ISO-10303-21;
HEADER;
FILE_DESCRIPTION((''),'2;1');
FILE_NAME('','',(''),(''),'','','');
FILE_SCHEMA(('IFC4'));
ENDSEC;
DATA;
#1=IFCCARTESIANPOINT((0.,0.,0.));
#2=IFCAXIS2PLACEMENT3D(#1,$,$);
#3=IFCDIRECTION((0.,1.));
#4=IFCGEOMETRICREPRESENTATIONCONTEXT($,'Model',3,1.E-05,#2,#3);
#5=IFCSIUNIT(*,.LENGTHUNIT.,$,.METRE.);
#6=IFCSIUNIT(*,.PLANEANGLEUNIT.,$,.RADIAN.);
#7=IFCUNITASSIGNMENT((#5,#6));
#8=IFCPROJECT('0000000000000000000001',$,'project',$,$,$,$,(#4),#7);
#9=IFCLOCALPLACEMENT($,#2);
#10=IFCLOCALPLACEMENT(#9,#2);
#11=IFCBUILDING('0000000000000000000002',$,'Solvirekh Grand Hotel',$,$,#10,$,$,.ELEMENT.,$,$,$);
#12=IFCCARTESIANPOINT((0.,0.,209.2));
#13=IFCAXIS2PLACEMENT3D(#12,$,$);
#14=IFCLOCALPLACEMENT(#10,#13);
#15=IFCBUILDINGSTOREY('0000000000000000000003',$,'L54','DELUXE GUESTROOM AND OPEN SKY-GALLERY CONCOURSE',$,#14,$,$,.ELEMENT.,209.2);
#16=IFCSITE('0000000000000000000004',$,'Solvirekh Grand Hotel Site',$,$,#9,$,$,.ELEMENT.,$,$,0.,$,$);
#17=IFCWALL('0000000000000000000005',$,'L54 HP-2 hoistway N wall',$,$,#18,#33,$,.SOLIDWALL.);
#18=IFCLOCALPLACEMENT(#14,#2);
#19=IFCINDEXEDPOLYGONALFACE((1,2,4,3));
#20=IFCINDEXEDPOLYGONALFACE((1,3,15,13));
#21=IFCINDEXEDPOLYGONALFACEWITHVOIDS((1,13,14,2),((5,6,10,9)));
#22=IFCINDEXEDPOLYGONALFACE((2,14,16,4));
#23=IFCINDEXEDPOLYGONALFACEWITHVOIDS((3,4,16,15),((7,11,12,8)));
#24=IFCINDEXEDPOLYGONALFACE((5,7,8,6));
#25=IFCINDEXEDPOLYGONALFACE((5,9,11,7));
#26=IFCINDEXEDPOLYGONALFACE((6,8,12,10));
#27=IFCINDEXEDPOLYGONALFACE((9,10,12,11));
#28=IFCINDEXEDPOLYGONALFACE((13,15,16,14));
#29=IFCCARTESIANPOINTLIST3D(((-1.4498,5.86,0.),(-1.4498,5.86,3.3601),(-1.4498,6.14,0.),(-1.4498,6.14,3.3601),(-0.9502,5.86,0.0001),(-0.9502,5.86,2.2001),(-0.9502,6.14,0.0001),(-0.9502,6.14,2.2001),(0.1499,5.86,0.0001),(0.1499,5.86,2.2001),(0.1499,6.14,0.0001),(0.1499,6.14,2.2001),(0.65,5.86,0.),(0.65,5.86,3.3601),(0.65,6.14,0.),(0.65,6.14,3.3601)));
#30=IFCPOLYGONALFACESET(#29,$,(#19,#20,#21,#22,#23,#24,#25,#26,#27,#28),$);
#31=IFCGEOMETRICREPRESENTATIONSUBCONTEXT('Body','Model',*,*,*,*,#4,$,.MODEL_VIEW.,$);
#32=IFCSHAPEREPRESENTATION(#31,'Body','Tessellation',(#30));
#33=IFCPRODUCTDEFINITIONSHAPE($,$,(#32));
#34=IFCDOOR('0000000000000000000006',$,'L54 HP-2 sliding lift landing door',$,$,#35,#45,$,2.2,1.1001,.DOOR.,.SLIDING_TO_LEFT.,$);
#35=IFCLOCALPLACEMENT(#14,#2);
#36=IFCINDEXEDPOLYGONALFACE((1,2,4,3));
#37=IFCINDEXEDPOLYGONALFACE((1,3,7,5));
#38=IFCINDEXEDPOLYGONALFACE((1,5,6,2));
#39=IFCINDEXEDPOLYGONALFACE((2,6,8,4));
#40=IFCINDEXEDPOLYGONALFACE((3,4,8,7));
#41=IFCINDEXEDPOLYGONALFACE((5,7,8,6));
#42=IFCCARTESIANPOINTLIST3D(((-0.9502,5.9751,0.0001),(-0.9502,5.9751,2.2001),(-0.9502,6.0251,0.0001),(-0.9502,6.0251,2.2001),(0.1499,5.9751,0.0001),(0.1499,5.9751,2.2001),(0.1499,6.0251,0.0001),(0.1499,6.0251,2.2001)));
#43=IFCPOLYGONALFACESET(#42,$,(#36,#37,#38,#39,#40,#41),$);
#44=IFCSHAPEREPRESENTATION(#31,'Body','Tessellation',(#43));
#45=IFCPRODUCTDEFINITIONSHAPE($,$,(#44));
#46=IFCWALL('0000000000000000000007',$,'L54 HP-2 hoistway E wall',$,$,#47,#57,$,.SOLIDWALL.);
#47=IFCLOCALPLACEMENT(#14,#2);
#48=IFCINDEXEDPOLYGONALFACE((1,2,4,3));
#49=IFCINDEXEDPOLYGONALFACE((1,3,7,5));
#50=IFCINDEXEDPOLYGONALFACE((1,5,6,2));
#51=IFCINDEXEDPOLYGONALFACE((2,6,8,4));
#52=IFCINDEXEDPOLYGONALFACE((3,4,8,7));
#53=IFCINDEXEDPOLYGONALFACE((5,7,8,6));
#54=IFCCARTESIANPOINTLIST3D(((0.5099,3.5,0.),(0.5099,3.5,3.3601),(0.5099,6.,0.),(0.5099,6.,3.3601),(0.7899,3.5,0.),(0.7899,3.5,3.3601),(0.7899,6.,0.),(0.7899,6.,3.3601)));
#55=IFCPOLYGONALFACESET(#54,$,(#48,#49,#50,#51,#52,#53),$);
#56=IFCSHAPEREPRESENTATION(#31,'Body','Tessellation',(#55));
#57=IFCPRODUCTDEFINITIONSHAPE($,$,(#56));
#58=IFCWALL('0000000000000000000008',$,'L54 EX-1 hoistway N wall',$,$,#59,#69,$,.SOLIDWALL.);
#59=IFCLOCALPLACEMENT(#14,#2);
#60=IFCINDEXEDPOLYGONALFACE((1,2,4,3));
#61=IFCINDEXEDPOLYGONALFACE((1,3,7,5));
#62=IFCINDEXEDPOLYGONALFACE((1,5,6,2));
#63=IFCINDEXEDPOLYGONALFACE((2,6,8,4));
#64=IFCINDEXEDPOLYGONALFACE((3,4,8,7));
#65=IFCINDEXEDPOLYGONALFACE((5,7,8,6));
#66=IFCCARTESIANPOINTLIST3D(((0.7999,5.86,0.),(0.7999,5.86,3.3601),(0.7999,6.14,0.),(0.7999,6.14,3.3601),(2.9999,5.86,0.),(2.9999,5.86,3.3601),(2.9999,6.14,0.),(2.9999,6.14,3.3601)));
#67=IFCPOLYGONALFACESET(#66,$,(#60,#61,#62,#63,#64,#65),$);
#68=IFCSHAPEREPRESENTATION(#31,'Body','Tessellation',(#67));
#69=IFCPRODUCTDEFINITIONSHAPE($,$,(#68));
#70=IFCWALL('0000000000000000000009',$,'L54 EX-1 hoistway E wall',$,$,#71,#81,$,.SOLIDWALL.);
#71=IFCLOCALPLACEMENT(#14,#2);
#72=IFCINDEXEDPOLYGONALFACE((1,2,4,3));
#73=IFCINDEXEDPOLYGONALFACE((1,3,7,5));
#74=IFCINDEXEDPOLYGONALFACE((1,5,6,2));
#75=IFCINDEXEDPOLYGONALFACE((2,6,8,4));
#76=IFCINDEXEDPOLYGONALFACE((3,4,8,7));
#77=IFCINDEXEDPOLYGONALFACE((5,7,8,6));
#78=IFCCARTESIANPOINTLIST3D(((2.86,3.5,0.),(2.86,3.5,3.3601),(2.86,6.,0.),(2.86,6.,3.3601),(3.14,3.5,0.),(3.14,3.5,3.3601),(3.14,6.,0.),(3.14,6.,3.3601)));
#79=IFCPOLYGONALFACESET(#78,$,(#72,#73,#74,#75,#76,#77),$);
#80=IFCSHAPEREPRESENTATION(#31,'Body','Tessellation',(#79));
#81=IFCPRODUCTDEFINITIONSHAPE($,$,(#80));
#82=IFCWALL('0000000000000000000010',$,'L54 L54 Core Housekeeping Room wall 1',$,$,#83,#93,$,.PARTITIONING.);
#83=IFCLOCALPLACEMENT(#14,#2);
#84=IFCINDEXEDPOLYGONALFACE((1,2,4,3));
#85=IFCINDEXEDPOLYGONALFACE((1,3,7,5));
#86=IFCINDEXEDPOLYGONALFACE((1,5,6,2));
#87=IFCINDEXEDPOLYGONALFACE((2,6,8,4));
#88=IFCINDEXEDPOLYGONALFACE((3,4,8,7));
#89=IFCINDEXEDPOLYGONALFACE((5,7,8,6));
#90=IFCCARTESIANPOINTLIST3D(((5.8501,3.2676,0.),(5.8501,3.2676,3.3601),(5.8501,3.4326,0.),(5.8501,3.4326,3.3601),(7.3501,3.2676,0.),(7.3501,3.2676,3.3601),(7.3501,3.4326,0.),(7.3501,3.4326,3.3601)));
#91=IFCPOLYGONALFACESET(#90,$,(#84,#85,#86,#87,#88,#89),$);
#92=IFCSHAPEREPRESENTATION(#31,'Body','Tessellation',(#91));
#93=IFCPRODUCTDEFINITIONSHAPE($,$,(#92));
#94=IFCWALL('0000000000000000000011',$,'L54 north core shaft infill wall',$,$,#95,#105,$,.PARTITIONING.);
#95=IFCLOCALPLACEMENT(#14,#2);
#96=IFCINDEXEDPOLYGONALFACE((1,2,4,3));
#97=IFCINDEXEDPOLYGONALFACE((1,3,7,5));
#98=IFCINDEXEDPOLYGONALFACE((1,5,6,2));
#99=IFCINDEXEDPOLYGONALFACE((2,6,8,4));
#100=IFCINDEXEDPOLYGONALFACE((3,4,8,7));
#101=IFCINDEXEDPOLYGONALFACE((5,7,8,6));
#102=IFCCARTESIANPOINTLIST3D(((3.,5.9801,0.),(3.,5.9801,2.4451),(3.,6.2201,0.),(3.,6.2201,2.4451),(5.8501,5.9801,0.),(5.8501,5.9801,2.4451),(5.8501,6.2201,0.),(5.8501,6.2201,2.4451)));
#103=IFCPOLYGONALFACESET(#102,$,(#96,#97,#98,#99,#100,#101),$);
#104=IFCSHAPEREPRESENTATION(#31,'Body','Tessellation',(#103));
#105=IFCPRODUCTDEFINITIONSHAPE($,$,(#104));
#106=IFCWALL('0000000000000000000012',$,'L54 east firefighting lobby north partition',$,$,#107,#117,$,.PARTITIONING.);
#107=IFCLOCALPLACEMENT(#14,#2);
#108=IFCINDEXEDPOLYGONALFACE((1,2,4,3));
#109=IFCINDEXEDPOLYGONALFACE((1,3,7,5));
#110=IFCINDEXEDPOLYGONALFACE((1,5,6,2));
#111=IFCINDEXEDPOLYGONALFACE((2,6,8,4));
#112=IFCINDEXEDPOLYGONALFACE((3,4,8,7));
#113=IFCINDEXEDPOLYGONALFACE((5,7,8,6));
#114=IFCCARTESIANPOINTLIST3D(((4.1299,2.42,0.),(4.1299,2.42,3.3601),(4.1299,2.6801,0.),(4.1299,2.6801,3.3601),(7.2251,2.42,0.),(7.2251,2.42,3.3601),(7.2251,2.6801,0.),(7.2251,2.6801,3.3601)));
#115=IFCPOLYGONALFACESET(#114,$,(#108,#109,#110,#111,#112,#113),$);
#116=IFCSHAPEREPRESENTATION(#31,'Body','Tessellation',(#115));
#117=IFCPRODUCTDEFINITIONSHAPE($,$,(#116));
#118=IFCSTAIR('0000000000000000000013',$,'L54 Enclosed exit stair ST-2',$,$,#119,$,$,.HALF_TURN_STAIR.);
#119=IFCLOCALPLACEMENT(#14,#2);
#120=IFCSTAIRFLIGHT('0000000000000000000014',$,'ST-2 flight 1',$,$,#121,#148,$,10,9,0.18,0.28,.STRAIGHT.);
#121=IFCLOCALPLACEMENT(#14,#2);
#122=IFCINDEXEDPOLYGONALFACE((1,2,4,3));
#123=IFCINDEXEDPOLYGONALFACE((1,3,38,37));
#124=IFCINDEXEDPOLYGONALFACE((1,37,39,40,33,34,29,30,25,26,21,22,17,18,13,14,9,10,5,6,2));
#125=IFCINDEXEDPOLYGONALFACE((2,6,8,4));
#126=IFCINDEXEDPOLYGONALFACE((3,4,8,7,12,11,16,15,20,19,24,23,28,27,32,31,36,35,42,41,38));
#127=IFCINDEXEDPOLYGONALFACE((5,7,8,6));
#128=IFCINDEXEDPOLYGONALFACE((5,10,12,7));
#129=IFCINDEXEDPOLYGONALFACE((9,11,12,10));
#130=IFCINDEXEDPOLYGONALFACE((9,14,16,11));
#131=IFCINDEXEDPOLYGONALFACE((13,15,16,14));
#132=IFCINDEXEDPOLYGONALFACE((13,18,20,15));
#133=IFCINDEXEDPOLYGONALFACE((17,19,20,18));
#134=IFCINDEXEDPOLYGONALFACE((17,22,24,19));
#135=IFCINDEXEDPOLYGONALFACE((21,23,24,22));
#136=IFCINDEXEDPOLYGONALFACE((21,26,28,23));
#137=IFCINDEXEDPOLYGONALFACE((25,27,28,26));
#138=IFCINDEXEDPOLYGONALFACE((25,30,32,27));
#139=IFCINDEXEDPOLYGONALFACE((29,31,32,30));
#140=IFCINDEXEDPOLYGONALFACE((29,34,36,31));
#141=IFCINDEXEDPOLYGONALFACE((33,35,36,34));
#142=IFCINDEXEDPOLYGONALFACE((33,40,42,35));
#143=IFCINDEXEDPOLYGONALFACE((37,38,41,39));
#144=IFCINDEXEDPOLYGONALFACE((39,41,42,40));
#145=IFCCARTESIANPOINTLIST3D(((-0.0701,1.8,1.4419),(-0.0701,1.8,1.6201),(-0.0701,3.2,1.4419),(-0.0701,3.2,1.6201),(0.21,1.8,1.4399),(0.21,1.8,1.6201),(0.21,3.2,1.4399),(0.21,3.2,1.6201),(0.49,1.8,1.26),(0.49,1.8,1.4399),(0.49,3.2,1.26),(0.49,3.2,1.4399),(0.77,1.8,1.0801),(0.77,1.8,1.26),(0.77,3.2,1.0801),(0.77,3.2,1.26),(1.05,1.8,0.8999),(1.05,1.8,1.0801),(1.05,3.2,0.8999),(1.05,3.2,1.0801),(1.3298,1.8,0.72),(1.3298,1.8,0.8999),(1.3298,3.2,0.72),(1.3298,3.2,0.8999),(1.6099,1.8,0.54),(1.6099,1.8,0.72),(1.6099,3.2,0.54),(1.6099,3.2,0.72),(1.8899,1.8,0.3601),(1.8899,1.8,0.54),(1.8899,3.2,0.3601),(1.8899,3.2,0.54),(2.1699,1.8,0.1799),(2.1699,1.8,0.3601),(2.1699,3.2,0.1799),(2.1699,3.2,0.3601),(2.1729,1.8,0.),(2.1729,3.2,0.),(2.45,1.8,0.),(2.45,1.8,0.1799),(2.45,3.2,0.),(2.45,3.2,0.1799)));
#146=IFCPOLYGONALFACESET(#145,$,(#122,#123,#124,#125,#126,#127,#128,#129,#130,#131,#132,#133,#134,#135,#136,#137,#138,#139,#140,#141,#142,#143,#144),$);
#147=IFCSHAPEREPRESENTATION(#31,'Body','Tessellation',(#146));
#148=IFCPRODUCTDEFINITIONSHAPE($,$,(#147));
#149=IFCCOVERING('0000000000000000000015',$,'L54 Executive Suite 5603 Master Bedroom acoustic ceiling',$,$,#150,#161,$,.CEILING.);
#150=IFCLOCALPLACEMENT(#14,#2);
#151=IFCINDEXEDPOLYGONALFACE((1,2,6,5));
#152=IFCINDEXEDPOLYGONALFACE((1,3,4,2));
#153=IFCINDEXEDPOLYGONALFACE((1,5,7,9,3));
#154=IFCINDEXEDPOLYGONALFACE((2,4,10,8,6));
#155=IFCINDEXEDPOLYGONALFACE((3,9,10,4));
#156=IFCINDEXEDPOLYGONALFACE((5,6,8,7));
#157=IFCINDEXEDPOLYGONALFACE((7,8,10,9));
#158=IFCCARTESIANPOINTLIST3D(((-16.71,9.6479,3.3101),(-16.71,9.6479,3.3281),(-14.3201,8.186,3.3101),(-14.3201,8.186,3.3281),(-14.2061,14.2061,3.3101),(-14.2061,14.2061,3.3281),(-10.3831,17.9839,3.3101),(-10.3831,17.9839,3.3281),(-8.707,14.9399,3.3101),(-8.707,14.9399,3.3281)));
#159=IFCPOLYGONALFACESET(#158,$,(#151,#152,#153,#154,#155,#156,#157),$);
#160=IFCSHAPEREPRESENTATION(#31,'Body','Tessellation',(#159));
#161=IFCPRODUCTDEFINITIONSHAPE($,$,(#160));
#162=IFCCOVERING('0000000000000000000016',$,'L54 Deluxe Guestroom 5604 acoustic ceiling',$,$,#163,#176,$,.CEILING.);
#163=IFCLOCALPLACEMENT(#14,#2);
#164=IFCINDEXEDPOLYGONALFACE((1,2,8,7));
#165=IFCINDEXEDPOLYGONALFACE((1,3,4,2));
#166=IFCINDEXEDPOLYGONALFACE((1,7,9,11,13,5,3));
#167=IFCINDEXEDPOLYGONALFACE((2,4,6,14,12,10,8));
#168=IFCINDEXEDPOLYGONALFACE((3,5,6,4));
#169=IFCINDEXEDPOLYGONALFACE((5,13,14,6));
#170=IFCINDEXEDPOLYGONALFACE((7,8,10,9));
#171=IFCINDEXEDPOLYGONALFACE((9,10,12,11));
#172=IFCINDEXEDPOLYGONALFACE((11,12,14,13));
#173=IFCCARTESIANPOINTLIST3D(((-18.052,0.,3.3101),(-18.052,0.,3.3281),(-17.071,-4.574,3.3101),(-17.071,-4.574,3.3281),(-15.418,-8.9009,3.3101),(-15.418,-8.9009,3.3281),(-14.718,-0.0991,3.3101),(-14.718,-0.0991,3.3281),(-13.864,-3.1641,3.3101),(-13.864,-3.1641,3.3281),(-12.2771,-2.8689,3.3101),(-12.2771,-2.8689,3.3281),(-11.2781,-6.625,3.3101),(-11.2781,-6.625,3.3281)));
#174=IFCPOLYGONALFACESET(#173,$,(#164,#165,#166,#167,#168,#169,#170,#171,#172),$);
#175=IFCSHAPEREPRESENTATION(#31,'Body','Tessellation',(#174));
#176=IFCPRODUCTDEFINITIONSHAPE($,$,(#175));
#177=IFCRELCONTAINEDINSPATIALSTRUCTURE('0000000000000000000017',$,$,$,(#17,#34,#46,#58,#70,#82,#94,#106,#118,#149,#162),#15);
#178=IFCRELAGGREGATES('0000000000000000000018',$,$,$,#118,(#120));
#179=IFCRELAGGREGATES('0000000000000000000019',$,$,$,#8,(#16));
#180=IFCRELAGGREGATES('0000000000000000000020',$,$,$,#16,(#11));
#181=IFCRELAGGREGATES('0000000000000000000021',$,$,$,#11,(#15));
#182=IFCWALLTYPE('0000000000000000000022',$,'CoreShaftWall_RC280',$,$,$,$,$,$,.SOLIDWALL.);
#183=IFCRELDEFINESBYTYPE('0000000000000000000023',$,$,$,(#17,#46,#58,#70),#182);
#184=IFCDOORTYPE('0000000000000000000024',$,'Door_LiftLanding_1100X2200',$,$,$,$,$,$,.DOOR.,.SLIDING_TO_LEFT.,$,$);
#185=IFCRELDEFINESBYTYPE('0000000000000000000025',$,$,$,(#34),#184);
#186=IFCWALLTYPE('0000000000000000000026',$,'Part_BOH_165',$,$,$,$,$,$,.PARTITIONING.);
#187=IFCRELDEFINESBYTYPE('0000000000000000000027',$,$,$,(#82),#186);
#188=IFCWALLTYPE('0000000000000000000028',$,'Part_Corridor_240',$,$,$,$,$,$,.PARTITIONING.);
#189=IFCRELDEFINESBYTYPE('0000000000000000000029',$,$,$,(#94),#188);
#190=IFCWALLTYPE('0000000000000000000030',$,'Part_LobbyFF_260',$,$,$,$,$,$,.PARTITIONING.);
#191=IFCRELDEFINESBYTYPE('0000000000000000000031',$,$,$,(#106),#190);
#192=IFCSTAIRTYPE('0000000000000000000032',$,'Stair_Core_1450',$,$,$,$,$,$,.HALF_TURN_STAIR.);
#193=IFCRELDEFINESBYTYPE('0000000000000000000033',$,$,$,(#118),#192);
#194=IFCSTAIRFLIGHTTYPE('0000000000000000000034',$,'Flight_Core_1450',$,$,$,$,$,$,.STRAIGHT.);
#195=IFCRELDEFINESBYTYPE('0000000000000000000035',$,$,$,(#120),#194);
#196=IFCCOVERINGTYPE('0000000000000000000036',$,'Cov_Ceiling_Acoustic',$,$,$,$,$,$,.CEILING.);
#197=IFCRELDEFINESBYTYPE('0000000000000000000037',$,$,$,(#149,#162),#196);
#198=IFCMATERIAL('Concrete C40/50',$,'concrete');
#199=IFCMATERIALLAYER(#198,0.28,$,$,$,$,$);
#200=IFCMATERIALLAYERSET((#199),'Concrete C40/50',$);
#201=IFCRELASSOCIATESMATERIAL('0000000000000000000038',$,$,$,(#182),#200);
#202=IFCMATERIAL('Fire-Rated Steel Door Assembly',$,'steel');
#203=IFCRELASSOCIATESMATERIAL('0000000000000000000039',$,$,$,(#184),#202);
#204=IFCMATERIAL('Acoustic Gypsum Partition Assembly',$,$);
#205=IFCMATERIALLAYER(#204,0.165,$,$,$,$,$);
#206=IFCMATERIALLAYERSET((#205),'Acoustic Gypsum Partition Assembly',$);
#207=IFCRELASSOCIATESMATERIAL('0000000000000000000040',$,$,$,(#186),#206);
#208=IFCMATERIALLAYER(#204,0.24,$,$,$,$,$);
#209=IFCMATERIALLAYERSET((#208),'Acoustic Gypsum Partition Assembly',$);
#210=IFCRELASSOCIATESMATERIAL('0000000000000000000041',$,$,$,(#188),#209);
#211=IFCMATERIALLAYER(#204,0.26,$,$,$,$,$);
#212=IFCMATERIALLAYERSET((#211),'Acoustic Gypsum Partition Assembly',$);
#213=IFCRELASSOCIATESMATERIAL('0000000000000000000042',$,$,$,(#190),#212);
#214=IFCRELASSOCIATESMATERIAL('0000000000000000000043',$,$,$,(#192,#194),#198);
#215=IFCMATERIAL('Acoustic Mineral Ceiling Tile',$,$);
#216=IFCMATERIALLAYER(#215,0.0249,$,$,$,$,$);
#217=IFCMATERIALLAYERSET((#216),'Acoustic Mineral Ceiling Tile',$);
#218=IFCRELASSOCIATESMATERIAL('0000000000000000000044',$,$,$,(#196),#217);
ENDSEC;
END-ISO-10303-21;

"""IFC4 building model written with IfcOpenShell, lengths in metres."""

from ifc_helpers import new_model, si_unit, direction, frame, frame_2d, origin, place, context, subcontext, project, spatial, polyline, rectangle, outline, extrude, material, layer, layer_set, type_object, element, fill, aggregate, save


model = new_model("IFC4")

# Units and contexts
model_context = context("Model", 3, precision=1e-05, world=origin(), true_north=direction((0.0, 1.0)))
body_context = subcontext(model_context, "Body", "Model", "MODEL_VIEW")
ifc_project = project(units=[si_unit("LENGTHUNIT", "METRE"), si_unit("PLANEANGLEUNIT", "RADIAN")], contexts=[model_context])

# Site, building, storey
site_placement = place(None, origin())
site = spatial("IfcSite", under=ifc_project, at=site_placement, Name="Solvirekh Grand Hotel Site", CompositionType="ELEMENT", RefElevation=0.0)
building_placement = place(site_placement, origin())
building = spatial("IfcBuilding", under=site, at=building_placement, Name="Solvirekh Grand Hotel", CompositionType="ELEMENT")
storey_placement = place(building_placement, frame((0.0, 0.0, 209.2)))
storey = spatial("IfcBuildingStorey", under=building, at=storey_placement, Name="L54", Description="DELUXE GUESTROOM AND OPEN SKY-GALLERY CONCOURSE", CompositionType="ELEMENT", Elevation=209.2)

# Wall, opening, door
ifc_material_1 = material(Name="Concrete C40/50", Category="concrete")
ifc_layer_1 = layer(ifc_material_1, 0.28)
ifc_layer_set_1 = layer_set([ifc_layer_1], Name="Concrete C40/50")
wall_type_1 = type_object("IfcWallType", Name="CoreShaftWall_RC280", PredefinedType="SOLIDWALL", material=ifc_layer_set_1)
wall_1_placement = place(storey_placement, frame((0.6499, 6.0, 0.0), z_axis=(0.0, 0.0, 1.0), x_axis=(-1.0, 0.0, 0.0)))
wall_1 = element("IfcWall", 1, at=wall_1_placement, inside=storey, type_object=wall_type_1, Name="L54 HP-2 hoistway N wall", PredefinedType="SOLIDWALL", context=body_context, shape_type="SweptSolid", body=[
    extrude(rectangle(XDim=2.0999, YDim=0.28, at=frame_2d((1.0498, 0.0))), origin(), (0.0, 0.0, 1.0), 3.3601),
])
opening_placement = place(wall_1_placement, frame((0.5, 0.0, 0.0)))
opening = element("IfcOpeningElement", 2, at=opening_placement, cuts=wall_1, PredefinedType="OPENING", context=body_context, shape_type="SweptSolid", body=[
    extrude(rectangle(XDim=1.1001, YDim=2.2, at=frame_2d((0.55, 1.1001))), frame((0.0, 0.1499, 0.0), z_axis=(0.0, -1.0, 0.0), x_axis=(1.0, 0.0, 0.0)), (0.0, 0.0, 1.0), 0.3),
])
ifc_material_2 = material(Name="Fire-Rated Steel Door Assembly", Category="steel")
door_type = type_object("IfcDoorType", Name="Door_LiftLanding_1100X2200", OperationType="SLIDING_TO_LEFT", PredefinedType="DOOR", material=ifc_material_2)
door_placement = place(opening_placement, origin())
door = element("IfcDoor", 3, at=door_placement, inside=storey, type_object=door_type, Name="L54 HP-2 sliding lift landing door", OperationType="SLIDING_TO_LEFT", OverallHeight=2.2, OverallWidth=1.1001, PredefinedType="DOOR", context=body_context, shape_type="SweptSolid", body=[
    extrude(rectangle(XDim=1.1001, YDim=2.2, at=frame_2d((0.55, 1.1001))), frame((0.0, 0.0249, 0.0), z_axis=(0.0, -1.0, 0.0), x_axis=(1.0, 0.0, 0.0)), (0.0, 0.0, 1.0), 0.05),
])
fill(opening, door)

# Walls
wall_2_placement = place(storey_placement, frame((0.6499, 3.5, 0.0), z_axis=(0.0, 0.0, 1.0), x_axis=(0.0, 1.0, 0.0)))
element("IfcWall", 4, at=wall_2_placement, inside=storey, type_object=wall_type_1, Name="L54 HP-2 hoistway E wall", PredefinedType="SOLIDWALL", context=body_context, shape_type="SweptSolid", body=[
    extrude(rectangle(XDim=2.5, YDim=0.28, at=frame_2d((1.25, 0.0))), origin(), (0.0, 0.0, 1.0), 3.3601),
])
wall_3_placement = place(storey_placement, frame((3.0, 6.0, 0.0), z_axis=(0.0, 0.0, 1.0), x_axis=(-1.0, 0.0, 0.0)))
element("IfcWall", 5, at=wall_3_placement, inside=storey, type_object=wall_type_1, Name="L54 EX-1 hoistway N wall", PredefinedType="SOLIDWALL", context=body_context, shape_type="SweptSolid", body=[
    extrude(rectangle(XDim=2.2, YDim=0.28, at=frame_2d((1.1001, 0.0))), origin(), (0.0, 0.0, 1.0), 3.3601),
])
wall_4_placement = place(storey_placement, frame((3.0, 3.5, 0.0), z_axis=(0.0, 0.0, 1.0), x_axis=(0.0, 1.0, 0.0)))
element("IfcWall", 6, at=wall_4_placement, inside=storey, type_object=wall_type_1, Name="L54 EX-1 hoistway E wall", PredefinedType="SOLIDWALL", context=body_context, shape_type="SweptSolid", body=[
    extrude(rectangle(XDim=2.5, YDim=0.28, at=frame_2d((1.25, 0.0))), origin(), (0.0, 0.0, 1.0), 3.3601),
])
ifc_material_3 = material(Name="Acoustic Gypsum Partition Assembly")
ifc_layer_2 = layer(ifc_material_3, 0.165)
ifc_layer_set_2 = layer_set([ifc_layer_2], Name="Acoustic Gypsum Partition Assembly")
wall_type_2 = type_object("IfcWallType", Name="Part_BOH_165", PredefinedType="PARTITIONING", material=ifc_layer_set_2)
wall_5_placement = place(storey_placement, frame((5.8501, 3.3501, 0.0), z_axis=(0.0, 0.0, 1.0), x_axis=(1.0, 0.0, 0.0)))
element("IfcWall", 7, at=wall_5_placement, inside=storey, type_object=wall_type_2, Name="L54 L54 Core Housekeeping Room wall 1", PredefinedType="PARTITIONING", context=body_context, shape_type="SweptSolid", body=[
    extrude(rectangle(XDim=1.5, YDim=0.165, at=frame_2d((0.75, 0.0))), origin(), (0.0, 0.0, 1.0), 3.3601),
])
ifc_layer_3 = layer(ifc_material_3, 0.24)
ifc_layer_set_3 = layer_set([ifc_layer_3], Name="Acoustic Gypsum Partition Assembly")
wall_type_3 = type_object("IfcWallType", Name="Part_Corridor_240", PredefinedType="PARTITIONING", material=ifc_layer_set_3)
wall_6_placement = place(storey_placement, frame((3.0, 6.1001, 0.0), z_axis=(0.0, 0.0, 1.0), x_axis=(1.0, 0.0, 0.0)))
element("IfcWall", 8, at=wall_6_placement, inside=storey, type_object=wall_type_3, Name="L54 north core shaft infill wall", PredefinedType="PARTITIONING", context=body_context, shape_type="SweptSolid", body=[
    extrude(rectangle(XDim=2.8501, YDim=0.24, at=frame_2d((1.425, 0.0))), origin(), (0.0, 0.0, 1.0), 2.4451),
])
ifc_layer_4 = layer(ifc_material_3, 0.26)
ifc_layer_set_4 = layer_set([ifc_layer_4], Name="Acoustic Gypsum Partition Assembly")
wall_type_4 = type_object("IfcWallType", Name="Part_LobbyFF_260", PredefinedType="PARTITIONING", material=ifc_layer_set_4)
wall_7_placement = place(storey_placement, frame((4.1299, 2.55, 0.0), z_axis=(0.0, 0.0, 1.0), x_axis=(1.0, 0.0, 0.0)))
element("IfcWall", 9, at=wall_7_placement, inside=storey, type_object=wall_type_4, Name="L54 east firefighting lobby north partition", PredefinedType="PARTITIONING", context=body_context, shape_type="SweptSolid", body=[
    extrude(rectangle(XDim=3.0952, YDim=0.26, at=frame_2d((1.5476, 0.0))), origin(), (0.0, 0.0, 1.0), 3.3601),
])

# Stair, stair flight
stair_type = type_object("IfcStairType", Name="Stair_Core_1450", PredefinedType="HALF_TURN_STAIR", material=ifc_material_1)
stair_placement = place(storey_placement, origin())
stair = element("IfcStair", 10, at=stair_placement, inside=storey, type_object=stair_type, Name="L54 Enclosed exit stair ST-2", PredefinedType="HALF_TURN_STAIR")
stair_flight_type = type_object("IfcStairFlightType", Name="Flight_Core_1450", PredefinedType="STRAIGHT", material=ifc_material_1)
stair_flight_placement = place(storey_placement, frame((2.45, 2.5, 0.0), z_axis=(0.0, 0.0, 1.0), x_axis=(-1.0, 0.0, 0.0)))
stair_flight = element("IfcStairFlight", 11, at=stair_flight_placement, type_object=stair_flight_type, Name="ST-2 flight 1", NumberOfRisers=10, NumberOfTreads=9, PredefinedType="STRAIGHT", RiserHeight=0.18, TreadLength=0.28, context=body_context, shape_type="SweptSolid", body=[
    extrude(outline(polyline([(0.0, 0.0), (0.0, 0.1799), (0.28, 0.1799), (0.28, 0.3601), (0.5601, 0.3601), (0.5601, 0.54), (0.8401, 0.54), (0.8401, 0.72), (1.1201, 0.72), (1.1201, 0.8999), (1.3999, 0.8999), (1.3999, 1.0801), (1.6799, 1.0801), (1.6799, 1.26), (1.96, 1.26), (1.96, 1.4399), (2.24, 1.4399), (2.24, 1.6201), (2.52, 1.6201), (2.52, 1.8), (2.52, 1.4419), (0.2771, 0.0), (0.0, 0.0)])), frame((0.0, 0.7, 0.0), z_axis=(0.0, -1.0, 0.0), x_axis=(1.0, 0.0, 0.0)), (0.0, 0.0, 1.0), 1.3999),
])
aggregate(stair, [stair_flight])

# Coverings
ifc_material_4 = material(Name="Acoustic Mineral Ceiling Tile")
ifc_layer_5 = layer(ifc_material_4, 0.0249)
ifc_layer_set_5 = layer_set([ifc_layer_5], Name="Acoustic Mineral Ceiling Tile")
covering_type_1 = type_object("IfcCoveringType", Name="Cov_Ceiling_Acoustic", PredefinedType="CEILING", material=ifc_layer_set_5)
covering_1_placement = place(storey_placement, frame((0.0, 0.0, 3.3101)))
element("IfcCovering", 12, at=covering_1_placement, inside=storey, type_object=covering_type_1, Name="L54 Executive Suite 5603 Master Bedroom acoustic ceiling", PredefinedType="CEILING", context=body_context, shape_type="SweptSolid", body=[
    extrude(outline(polyline([(-10.3831, 17.9839), (-14.2061, 14.2061), (-16.71, 9.6479), (-14.3201, 8.186), (-8.707, 14.9399), (-10.3831, 17.9839)])), origin(), (0.0, 0.0, 1.0), 0.0181),
])
covering_2_placement = place(storey_placement, frame((0.0, 0.0, 3.3101)))
element("IfcCovering", 13, at=covering_2_placement, inside=storey, type_object=covering_type_1, Name="L54 Deluxe Guestroom 5604 acoustic ceiling", PredefinedType="CEILING", context=body_context, shape_type="SweptSolid", body=[
    extrude(outline(polyline([(-13.864, -3.1641), (-14.718, -0.0991), (-18.052, 0.0), (-17.071, -4.574), (-15.418, -8.9009), (-11.2781, -6.625), (-12.2771, -2.8689), (-13.864, -3.1641)])), origin(), (0.0, 0.0, 1.0), 0.0181),
])

save(model, "model.ifc")
